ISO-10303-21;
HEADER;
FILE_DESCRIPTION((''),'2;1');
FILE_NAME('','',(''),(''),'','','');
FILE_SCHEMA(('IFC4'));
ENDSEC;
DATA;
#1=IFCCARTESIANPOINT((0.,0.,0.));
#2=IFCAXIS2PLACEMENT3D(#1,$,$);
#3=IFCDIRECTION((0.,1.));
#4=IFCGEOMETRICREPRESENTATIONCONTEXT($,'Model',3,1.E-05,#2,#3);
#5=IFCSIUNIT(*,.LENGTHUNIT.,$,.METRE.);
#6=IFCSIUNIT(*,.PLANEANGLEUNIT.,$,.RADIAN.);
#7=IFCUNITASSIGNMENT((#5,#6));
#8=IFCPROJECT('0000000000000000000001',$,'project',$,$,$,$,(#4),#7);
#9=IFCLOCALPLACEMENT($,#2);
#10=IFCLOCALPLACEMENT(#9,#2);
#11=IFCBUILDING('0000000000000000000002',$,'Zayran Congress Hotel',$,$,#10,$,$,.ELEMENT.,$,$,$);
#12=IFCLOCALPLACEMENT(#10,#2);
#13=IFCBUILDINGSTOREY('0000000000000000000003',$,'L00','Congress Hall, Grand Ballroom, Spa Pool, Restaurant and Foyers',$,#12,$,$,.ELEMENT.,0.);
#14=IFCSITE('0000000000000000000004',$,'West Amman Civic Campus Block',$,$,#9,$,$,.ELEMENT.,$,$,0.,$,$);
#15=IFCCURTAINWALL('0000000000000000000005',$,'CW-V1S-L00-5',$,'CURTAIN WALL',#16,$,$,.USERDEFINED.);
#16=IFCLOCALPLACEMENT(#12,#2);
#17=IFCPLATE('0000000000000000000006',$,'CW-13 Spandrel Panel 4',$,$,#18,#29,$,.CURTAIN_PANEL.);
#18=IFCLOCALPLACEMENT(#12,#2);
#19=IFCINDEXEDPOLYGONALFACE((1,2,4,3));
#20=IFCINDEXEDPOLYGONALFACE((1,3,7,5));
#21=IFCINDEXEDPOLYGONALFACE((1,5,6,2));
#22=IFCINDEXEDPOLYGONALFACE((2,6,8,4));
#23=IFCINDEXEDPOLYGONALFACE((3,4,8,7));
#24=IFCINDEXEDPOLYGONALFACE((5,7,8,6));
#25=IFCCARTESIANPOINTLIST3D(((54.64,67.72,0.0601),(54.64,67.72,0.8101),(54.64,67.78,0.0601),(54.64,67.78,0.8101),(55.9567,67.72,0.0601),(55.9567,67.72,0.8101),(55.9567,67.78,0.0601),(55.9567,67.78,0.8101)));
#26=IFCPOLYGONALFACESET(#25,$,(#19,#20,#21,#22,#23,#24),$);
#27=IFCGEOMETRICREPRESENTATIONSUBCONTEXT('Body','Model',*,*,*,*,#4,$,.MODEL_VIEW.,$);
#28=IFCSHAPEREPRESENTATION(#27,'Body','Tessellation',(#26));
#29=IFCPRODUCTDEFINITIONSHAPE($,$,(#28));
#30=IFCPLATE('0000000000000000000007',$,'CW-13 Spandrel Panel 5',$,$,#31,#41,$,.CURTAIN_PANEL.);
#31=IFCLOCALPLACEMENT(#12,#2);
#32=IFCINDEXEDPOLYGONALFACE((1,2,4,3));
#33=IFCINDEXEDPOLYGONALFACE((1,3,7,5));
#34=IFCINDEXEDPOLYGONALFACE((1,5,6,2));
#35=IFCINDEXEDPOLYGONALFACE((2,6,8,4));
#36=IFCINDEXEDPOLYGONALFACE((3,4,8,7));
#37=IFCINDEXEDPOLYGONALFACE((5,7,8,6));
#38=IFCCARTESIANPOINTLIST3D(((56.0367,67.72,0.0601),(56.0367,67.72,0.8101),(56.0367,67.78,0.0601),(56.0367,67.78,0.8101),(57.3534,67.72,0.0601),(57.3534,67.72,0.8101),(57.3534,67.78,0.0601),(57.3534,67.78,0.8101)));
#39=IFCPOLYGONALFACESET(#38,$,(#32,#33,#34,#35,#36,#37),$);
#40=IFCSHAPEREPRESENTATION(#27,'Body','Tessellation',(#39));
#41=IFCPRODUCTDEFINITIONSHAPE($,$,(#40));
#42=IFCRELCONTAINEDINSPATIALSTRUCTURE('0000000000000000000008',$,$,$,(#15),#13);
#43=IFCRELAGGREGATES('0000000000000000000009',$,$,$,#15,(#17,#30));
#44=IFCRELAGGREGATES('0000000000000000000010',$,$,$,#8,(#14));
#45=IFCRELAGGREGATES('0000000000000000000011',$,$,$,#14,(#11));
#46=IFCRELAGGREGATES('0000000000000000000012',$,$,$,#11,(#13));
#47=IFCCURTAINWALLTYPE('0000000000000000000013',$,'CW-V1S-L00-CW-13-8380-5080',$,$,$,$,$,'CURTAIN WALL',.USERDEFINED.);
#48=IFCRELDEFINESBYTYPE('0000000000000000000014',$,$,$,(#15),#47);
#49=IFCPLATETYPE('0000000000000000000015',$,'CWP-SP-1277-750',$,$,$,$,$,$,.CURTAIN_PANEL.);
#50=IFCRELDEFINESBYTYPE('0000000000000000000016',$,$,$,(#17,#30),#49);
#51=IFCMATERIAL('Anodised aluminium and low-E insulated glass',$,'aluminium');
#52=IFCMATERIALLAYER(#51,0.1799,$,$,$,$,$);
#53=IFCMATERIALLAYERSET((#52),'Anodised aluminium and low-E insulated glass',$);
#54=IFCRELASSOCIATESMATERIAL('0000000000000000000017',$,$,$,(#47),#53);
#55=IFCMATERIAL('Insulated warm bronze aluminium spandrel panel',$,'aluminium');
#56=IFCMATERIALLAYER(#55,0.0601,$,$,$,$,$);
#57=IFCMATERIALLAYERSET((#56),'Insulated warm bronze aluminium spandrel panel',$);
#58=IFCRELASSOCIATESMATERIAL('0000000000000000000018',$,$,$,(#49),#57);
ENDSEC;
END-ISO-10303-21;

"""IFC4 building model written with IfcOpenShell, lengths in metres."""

from ifc_helpers import new_model, si_unit, direction, frame, origin, origin_2d, place, context, subcontext, project, spatial, rectangle, extrude, material, layer, layer_set, type_object, element, aggregate, save


model = new_model("IFC4")

# Units and contexts
model_context = context("Model", 3, precision=1e-05, world=origin(), true_north=direction((0.0, 1.0)))
body_context = subcontext(model_context, "Body", "Model", "MODEL_VIEW")
ifc_project = project(units=[si_unit("LENGTHUNIT", "METRE"), si_unit("PLANEANGLEUNIT", "RADIAN")], contexts=[model_context])

# Site, building, storey
site_placement = place(None, origin())
site = spatial("IfcSite", under=ifc_project, at=site_placement, Name="West Amman Civic Campus Block", CompositionType="ELEMENT", RefElevation=0.0)
building_placement = place(site_placement, origin())
building = spatial("IfcBuilding", under=site, at=building_placement, Name="Zayran Congress Hotel", CompositionType="ELEMENT")
storey_placement = place(building_placement, origin())
storey = spatial("IfcBuildingStorey", under=building, at=storey_placement, Name="L00", Description="Congress Hall, Grand Ballroom, Spa Pool, Restaurant and Foyers", CompositionType="ELEMENT", Elevation=0.0)

# Curtain wall, plates
ifc_material_1 = material(Name="Anodised aluminium and low-E insulated glass", Category="aluminium")
ifc_layer_1 = layer(ifc_material_1, 0.1799)
ifc_layer_set_1 = layer_set([ifc_layer_1], Name="Anodised aluminium and low-E insulated glass")
curtain_wall_type = type_object("IfcCurtainWallType", Name="CW-V1S-L00-CW-13-8380-5080", ElementType="CURTAIN WALL", PredefinedType="USERDEFINED", material=ifc_layer_set_1)
curtain_wall_placement = place(storey_placement, origin())
curtain_wall = element("IfcCurtainWall", 1, at=curtain_wall_placement, inside=storey, type_object=curtain_wall_type, Name="CW-V1S-L00-5", ObjectType="CURTAIN WALL", PredefinedType="USERDEFINED")
ifc_material_2 = material(Name="Insulated warm bronze aluminium spandrel panel", Category="aluminium")
ifc_layer_2 = layer(ifc_material_2, 0.0601)
ifc_layer_set_2 = layer_set([ifc_layer_2], Name="Insulated warm bronze aluminium spandrel panel")
plate_type_1 = type_object("IfcPlateType", Name="CWP-SP-1277-750", PredefinedType="CURTAIN_PANEL", material=ifc_layer_set_2)
plate_1_placement = place(storey_placement, frame((55.2983, 67.75, 0.0601), z_axis=(0.0, 0.0, 1.0), x_axis=(1.0, 0.0, 0.0)))
plate_1 = element("IfcPlate", 2, at=plate_1_placement, type_object=plate_type_1, Name="CW-13 Spandrel Panel 4", PredefinedType="CURTAIN_PANEL", context=body_context, shape_type="SweptSolid", body=[
    extrude(rectangle(XDim=1.3167, YDim=0.0601, at=origin_2d()), origin(), (0.0, 0.0, 1.0), 0.75),
])
plate_2_placement = place(storey_placement, frame((56.6951, 67.75, 0.0601), z_axis=(0.0, 0.0, 1.0), x_axis=(1.0, 0.0, 0.0)))
plate_2 = element("IfcPlate", 3, at=plate_2_placement, type_object=plate_type_1, Name="CW-13 Spandrel Panel 5", PredefinedType="CURTAIN_PANEL", context=body_context, shape_type="SweptSolid", body=[
    extrude(rectangle(XDim=1.3167, YDim=0.0601, at=origin_2d()), origin(), (0.0, 0.0, 1.0), 0.75),
])
aggregate(curtain_wall, [plate_1, plate_2])

save(model, "model.ifc")
